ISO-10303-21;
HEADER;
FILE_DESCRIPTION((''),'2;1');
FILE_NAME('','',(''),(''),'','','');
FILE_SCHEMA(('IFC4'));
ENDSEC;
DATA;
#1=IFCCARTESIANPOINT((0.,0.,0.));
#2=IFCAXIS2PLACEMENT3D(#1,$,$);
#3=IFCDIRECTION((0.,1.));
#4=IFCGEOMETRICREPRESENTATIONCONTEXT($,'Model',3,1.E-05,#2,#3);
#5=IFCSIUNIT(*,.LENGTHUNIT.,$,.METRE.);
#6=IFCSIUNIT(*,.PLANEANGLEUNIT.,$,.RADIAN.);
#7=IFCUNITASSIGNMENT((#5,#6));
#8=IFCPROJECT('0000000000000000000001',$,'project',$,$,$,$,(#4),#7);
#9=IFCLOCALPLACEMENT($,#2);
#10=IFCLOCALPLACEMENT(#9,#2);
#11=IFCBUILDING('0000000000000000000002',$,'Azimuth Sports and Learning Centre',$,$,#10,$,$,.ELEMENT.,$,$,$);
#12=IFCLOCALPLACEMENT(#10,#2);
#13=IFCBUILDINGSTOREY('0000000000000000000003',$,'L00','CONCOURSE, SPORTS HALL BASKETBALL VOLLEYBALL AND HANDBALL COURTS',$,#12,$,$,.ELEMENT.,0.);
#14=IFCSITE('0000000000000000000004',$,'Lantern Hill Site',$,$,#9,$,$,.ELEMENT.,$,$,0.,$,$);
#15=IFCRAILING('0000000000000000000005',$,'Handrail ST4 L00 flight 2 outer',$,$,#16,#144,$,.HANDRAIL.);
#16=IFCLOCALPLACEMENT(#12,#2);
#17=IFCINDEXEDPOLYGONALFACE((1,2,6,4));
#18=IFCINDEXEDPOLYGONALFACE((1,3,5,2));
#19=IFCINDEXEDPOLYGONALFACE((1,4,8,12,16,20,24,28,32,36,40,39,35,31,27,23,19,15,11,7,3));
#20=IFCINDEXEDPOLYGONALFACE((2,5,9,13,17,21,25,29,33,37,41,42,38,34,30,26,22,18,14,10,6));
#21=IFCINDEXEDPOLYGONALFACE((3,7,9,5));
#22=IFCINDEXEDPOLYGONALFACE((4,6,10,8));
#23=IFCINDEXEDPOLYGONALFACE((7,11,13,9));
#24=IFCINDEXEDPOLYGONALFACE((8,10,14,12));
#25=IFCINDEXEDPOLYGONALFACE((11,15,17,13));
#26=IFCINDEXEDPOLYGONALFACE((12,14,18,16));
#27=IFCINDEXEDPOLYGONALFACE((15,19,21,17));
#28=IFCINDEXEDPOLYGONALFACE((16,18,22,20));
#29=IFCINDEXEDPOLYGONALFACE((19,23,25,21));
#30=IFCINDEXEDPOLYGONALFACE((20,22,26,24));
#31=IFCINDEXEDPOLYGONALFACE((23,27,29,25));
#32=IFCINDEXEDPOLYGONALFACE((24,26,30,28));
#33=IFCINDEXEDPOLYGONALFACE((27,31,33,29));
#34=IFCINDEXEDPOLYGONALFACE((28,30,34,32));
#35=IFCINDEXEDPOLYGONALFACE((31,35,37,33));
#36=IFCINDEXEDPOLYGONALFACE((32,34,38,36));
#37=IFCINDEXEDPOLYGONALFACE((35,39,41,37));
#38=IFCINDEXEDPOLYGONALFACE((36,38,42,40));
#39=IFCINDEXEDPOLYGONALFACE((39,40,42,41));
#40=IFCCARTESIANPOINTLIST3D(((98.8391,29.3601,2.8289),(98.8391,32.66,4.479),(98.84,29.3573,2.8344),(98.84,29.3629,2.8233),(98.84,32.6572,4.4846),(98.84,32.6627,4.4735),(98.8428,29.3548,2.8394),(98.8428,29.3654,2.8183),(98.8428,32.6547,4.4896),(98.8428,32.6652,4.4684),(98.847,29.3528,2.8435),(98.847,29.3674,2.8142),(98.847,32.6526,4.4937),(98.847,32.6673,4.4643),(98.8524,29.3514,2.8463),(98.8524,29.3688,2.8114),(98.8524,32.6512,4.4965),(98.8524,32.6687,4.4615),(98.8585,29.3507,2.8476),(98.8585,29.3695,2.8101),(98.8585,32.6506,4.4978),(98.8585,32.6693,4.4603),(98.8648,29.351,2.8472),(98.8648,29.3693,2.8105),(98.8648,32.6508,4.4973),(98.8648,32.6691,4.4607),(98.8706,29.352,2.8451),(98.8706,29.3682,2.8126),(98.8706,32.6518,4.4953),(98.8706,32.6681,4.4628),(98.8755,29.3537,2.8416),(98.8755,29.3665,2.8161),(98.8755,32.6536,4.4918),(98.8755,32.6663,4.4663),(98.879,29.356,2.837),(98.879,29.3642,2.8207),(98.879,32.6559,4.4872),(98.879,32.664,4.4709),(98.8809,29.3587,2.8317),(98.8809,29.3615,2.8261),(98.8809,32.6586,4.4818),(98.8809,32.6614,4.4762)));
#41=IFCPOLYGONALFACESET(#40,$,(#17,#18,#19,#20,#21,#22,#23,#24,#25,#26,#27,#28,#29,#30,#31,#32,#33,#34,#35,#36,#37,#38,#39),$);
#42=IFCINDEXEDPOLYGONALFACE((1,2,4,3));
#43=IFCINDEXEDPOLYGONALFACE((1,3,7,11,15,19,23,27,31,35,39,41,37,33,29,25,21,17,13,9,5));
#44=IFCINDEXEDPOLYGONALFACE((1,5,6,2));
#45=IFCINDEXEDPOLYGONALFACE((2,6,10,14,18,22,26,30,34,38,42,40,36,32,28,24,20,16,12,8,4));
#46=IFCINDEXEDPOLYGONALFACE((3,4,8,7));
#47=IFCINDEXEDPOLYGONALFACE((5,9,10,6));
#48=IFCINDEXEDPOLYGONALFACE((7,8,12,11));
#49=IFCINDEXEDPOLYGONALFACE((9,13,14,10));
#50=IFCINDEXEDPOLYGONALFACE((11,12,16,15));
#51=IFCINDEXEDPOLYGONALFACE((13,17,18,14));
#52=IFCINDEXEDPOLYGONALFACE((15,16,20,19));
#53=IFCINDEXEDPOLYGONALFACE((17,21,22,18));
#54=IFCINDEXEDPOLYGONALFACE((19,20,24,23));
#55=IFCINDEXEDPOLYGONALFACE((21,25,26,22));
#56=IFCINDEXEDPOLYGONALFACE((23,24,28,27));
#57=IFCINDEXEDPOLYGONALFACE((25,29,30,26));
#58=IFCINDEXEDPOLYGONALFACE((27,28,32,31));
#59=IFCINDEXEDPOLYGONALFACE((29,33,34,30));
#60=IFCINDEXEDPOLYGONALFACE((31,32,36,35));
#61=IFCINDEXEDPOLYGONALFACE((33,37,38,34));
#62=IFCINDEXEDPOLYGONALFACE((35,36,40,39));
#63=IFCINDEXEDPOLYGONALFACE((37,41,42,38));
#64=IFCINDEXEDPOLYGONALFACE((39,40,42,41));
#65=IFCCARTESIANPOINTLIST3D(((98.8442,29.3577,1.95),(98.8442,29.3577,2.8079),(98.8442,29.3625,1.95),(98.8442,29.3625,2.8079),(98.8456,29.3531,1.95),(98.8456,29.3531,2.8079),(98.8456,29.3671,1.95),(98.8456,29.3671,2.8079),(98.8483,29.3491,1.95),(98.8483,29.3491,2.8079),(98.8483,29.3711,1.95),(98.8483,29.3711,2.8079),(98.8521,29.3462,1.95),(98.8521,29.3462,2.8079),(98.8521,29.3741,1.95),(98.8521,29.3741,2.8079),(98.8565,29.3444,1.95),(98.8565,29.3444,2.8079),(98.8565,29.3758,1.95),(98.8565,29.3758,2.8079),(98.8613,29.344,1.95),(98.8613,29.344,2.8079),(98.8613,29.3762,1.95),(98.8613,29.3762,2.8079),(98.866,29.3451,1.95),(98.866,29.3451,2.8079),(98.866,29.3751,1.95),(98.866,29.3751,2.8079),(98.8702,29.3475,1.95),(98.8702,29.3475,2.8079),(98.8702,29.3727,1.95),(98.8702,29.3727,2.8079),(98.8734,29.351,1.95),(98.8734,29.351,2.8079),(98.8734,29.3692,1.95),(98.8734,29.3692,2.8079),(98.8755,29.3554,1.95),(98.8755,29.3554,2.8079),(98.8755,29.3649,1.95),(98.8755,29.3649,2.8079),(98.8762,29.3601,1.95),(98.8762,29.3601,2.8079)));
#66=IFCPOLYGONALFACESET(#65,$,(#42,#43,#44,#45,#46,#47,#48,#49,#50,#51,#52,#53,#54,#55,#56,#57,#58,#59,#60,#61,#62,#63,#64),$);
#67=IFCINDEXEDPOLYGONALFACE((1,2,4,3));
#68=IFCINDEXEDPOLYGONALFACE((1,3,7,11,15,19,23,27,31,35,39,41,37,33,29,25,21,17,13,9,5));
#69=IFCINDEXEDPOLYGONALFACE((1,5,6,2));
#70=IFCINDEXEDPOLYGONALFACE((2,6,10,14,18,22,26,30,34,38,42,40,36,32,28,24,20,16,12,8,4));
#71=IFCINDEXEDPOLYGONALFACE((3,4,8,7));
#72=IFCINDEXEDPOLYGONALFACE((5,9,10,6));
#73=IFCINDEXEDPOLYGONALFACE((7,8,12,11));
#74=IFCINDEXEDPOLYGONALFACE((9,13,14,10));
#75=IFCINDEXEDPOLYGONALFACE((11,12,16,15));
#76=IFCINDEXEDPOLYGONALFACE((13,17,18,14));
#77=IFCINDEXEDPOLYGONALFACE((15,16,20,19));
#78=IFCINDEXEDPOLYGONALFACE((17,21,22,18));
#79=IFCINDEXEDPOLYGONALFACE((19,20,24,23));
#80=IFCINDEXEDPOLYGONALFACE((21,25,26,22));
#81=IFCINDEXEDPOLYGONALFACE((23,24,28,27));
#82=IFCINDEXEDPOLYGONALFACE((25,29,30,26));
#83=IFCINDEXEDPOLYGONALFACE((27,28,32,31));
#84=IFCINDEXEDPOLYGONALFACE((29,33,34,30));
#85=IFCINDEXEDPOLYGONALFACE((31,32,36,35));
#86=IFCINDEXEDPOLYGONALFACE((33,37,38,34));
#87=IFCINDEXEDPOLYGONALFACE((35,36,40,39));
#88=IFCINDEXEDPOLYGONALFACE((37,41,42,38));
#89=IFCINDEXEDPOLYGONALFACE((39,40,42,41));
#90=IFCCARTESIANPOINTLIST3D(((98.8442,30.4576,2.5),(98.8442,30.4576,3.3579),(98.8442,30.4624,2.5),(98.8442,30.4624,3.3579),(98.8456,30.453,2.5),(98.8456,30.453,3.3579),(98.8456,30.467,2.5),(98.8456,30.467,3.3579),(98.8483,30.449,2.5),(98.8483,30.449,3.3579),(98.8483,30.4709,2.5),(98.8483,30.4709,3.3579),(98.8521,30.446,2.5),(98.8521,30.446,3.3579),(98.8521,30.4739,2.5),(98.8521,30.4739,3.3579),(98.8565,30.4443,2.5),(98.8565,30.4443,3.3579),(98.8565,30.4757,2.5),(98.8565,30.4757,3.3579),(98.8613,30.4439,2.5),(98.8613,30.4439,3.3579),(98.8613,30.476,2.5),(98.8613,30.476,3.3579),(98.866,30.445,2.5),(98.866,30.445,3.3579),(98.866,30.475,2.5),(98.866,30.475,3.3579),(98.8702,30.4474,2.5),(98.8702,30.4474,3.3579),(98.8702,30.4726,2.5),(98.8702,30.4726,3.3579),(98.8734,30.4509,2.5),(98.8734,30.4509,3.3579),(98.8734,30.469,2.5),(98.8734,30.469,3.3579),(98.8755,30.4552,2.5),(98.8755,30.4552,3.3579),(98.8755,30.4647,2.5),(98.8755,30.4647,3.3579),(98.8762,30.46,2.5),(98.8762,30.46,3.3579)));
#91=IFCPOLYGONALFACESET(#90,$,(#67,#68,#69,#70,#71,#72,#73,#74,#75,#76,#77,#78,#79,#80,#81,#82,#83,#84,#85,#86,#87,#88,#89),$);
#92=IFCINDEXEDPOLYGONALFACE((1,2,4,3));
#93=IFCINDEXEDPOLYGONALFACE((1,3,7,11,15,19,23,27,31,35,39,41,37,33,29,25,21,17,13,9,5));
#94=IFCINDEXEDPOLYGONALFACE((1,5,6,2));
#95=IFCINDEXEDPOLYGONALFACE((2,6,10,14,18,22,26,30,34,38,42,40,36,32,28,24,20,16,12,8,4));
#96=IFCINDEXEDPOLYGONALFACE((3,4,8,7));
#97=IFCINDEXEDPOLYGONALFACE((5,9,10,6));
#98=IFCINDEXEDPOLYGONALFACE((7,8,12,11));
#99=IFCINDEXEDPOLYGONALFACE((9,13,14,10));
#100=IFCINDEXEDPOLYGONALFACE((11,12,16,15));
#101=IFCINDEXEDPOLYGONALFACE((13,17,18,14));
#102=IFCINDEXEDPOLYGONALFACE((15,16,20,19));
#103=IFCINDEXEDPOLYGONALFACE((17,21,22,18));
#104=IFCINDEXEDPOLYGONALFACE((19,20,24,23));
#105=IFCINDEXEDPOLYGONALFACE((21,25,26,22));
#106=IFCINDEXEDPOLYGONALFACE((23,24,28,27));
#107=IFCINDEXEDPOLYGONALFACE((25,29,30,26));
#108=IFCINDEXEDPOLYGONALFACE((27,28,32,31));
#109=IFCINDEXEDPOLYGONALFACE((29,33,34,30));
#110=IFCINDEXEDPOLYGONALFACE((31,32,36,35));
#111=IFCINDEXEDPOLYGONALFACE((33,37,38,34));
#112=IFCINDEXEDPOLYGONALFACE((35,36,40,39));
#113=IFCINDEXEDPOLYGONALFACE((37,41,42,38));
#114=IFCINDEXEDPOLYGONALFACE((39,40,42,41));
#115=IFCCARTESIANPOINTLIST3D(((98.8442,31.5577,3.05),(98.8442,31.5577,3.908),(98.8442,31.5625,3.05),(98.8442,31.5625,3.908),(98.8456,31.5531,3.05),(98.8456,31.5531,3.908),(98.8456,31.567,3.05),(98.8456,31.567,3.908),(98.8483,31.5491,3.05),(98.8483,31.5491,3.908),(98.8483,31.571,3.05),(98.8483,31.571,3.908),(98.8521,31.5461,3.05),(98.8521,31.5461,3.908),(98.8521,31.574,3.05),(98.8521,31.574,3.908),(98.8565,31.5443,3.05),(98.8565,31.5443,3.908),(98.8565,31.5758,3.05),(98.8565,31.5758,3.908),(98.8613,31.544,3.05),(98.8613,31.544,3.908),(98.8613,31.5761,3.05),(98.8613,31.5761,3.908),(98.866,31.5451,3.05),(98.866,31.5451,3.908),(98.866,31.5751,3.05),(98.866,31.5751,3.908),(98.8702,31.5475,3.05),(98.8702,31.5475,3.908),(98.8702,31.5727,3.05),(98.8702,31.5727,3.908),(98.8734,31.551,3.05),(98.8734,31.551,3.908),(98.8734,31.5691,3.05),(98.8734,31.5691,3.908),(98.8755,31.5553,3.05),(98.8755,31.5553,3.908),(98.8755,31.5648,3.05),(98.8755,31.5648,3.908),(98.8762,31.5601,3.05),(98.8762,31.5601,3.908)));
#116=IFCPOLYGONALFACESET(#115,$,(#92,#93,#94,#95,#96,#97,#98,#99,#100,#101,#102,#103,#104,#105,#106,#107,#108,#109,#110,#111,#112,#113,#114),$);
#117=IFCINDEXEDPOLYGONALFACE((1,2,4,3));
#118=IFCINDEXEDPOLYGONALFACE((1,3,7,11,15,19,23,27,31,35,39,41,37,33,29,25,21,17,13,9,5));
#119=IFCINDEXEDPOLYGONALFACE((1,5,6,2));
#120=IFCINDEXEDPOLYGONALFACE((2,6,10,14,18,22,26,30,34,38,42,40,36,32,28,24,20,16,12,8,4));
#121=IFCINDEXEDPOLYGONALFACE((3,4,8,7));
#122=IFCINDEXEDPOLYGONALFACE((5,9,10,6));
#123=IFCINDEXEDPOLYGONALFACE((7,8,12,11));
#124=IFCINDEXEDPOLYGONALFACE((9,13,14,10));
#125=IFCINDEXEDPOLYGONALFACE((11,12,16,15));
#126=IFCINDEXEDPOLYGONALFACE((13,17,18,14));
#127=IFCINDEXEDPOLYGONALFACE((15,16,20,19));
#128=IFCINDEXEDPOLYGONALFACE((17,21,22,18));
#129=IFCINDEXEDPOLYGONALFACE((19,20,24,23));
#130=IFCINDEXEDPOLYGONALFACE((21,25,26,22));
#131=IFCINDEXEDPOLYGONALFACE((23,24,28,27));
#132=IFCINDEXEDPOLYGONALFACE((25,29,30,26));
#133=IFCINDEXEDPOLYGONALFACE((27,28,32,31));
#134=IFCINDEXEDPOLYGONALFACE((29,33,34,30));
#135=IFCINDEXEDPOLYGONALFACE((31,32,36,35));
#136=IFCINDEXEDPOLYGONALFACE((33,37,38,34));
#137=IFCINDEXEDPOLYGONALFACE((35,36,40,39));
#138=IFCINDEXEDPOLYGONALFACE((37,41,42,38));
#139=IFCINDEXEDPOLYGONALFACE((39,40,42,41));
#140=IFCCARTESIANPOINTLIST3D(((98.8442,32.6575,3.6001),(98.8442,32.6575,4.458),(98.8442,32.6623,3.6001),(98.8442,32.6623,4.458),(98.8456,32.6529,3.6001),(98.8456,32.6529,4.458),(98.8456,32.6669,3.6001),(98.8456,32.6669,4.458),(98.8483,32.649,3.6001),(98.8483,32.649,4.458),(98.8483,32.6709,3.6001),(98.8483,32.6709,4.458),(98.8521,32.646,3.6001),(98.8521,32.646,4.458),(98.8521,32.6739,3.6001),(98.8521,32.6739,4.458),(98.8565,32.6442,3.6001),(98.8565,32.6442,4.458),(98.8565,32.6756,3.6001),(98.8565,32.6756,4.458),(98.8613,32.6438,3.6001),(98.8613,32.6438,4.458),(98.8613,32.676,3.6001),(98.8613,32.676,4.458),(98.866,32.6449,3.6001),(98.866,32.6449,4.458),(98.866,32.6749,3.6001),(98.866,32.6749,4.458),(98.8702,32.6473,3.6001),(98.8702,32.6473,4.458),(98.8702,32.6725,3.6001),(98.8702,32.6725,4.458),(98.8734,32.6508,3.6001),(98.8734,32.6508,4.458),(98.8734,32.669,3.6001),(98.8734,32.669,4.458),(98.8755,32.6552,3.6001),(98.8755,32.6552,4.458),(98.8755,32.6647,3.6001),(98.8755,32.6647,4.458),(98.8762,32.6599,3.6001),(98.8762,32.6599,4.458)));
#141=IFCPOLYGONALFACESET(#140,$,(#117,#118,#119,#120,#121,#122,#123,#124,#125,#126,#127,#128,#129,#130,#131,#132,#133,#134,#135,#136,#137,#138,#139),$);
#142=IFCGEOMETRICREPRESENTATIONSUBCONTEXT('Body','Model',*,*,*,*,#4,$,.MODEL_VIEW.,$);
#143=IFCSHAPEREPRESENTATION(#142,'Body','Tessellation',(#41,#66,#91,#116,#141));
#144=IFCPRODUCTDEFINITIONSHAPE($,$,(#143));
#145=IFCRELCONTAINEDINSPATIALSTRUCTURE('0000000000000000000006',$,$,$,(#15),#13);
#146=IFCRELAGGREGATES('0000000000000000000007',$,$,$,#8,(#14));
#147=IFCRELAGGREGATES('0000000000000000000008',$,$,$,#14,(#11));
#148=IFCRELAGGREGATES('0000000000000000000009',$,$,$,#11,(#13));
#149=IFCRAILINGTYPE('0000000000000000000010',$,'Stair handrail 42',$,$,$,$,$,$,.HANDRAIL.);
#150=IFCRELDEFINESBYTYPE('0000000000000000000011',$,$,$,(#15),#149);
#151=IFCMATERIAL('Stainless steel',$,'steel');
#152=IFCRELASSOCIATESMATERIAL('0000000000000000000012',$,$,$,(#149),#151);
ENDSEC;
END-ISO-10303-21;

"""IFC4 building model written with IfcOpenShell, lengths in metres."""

from ifc_helpers import new_model, si_unit, direction, frame, origin, origin_2d, place, context, subcontext, project, spatial, circle, extrude, material, type_object, element, save


model = new_model("IFC4")

# Units and contexts
model_context = context("Model", 3, precision=1e-05, world=origin(), true_north=direction((0.0, 1.0)))
body_context = subcontext(model_context, "Body", "Model", "MODEL_VIEW")
ifc_project = project(units=[si_unit("LENGTHUNIT", "METRE"), si_unit("PLANEANGLEUNIT", "RADIAN")], contexts=[model_context])

# Site, building, storey
site_placement = place(None, origin())
site = spatial("IfcSite", under=ifc_project, at=site_placement, Name="Lantern Hill Site", CompositionType="ELEMENT", RefElevation=0.0)
building_placement = place(site_placement, origin())
building = spatial("IfcBuilding", under=site, at=building_placement, Name="Azimuth Sports and Learning Centre", CompositionType="ELEMENT")
storey_placement = place(building_placement, origin())
storey = spatial("IfcBuildingStorey", under=building, at=storey_placement, Name="L00", Description="CONCOURSE, SPORTS HALL BASKETBALL VOLLEYBALL AND HANDBALL COURTS", CompositionType="ELEMENT", Elevation=0.0)

# Railing
ifc_material_1 = material(Name="Stainless steel", Category="steel")
railing_type_1 = type_object("IfcRailingType", Name="Stair handrail 42", PredefinedType="HANDRAIL", material=ifc_material_1)
for number, where, name in (
    (1, (98.8601, 29.3601, 1.95), "Handrail ST4 L00 flight 2 outer"),
):
    element("IfcRailing", number, at=place(storey_placement, frame(where)), inside=storey, type_object=railing_type_1, Name=name, PredefinedType="HANDRAIL", context=body_context, shape_type="SweptSolid", body=[
        extrude(circle(Radius=0.021, at=origin_2d()), frame((0.0, 0.0, 0.8789), z_axis=(0.0, 0.894401, 0.447267), x_axis=(-1.0, 0.0, 0.0)), (0.0, 0.0, 1.0), 3.6895),
        extrude(circle(Radius=0.0161, at=origin_2d()), origin(), (0.0, 0.0, 1.0), 0.8579),
        extrude(circle(Radius=0.0161, at=origin_2d()), frame((0.0, 1.0999, 0.55)), (0.0, 0.0, 1.0), 0.8579),
        extrude(circle(Radius=0.0161, at=origin_2d()), frame((0.0, 2.2, 1.1001)), (0.0, 0.0, 1.0), 0.8579),
        extrude(circle(Radius=0.0161, at=origin_2d()), frame((0.0, 3.2998, 1.6501)), (0.0, 0.0, 1.0), 0.8579),
    ])

save(model, "model.ifc")
